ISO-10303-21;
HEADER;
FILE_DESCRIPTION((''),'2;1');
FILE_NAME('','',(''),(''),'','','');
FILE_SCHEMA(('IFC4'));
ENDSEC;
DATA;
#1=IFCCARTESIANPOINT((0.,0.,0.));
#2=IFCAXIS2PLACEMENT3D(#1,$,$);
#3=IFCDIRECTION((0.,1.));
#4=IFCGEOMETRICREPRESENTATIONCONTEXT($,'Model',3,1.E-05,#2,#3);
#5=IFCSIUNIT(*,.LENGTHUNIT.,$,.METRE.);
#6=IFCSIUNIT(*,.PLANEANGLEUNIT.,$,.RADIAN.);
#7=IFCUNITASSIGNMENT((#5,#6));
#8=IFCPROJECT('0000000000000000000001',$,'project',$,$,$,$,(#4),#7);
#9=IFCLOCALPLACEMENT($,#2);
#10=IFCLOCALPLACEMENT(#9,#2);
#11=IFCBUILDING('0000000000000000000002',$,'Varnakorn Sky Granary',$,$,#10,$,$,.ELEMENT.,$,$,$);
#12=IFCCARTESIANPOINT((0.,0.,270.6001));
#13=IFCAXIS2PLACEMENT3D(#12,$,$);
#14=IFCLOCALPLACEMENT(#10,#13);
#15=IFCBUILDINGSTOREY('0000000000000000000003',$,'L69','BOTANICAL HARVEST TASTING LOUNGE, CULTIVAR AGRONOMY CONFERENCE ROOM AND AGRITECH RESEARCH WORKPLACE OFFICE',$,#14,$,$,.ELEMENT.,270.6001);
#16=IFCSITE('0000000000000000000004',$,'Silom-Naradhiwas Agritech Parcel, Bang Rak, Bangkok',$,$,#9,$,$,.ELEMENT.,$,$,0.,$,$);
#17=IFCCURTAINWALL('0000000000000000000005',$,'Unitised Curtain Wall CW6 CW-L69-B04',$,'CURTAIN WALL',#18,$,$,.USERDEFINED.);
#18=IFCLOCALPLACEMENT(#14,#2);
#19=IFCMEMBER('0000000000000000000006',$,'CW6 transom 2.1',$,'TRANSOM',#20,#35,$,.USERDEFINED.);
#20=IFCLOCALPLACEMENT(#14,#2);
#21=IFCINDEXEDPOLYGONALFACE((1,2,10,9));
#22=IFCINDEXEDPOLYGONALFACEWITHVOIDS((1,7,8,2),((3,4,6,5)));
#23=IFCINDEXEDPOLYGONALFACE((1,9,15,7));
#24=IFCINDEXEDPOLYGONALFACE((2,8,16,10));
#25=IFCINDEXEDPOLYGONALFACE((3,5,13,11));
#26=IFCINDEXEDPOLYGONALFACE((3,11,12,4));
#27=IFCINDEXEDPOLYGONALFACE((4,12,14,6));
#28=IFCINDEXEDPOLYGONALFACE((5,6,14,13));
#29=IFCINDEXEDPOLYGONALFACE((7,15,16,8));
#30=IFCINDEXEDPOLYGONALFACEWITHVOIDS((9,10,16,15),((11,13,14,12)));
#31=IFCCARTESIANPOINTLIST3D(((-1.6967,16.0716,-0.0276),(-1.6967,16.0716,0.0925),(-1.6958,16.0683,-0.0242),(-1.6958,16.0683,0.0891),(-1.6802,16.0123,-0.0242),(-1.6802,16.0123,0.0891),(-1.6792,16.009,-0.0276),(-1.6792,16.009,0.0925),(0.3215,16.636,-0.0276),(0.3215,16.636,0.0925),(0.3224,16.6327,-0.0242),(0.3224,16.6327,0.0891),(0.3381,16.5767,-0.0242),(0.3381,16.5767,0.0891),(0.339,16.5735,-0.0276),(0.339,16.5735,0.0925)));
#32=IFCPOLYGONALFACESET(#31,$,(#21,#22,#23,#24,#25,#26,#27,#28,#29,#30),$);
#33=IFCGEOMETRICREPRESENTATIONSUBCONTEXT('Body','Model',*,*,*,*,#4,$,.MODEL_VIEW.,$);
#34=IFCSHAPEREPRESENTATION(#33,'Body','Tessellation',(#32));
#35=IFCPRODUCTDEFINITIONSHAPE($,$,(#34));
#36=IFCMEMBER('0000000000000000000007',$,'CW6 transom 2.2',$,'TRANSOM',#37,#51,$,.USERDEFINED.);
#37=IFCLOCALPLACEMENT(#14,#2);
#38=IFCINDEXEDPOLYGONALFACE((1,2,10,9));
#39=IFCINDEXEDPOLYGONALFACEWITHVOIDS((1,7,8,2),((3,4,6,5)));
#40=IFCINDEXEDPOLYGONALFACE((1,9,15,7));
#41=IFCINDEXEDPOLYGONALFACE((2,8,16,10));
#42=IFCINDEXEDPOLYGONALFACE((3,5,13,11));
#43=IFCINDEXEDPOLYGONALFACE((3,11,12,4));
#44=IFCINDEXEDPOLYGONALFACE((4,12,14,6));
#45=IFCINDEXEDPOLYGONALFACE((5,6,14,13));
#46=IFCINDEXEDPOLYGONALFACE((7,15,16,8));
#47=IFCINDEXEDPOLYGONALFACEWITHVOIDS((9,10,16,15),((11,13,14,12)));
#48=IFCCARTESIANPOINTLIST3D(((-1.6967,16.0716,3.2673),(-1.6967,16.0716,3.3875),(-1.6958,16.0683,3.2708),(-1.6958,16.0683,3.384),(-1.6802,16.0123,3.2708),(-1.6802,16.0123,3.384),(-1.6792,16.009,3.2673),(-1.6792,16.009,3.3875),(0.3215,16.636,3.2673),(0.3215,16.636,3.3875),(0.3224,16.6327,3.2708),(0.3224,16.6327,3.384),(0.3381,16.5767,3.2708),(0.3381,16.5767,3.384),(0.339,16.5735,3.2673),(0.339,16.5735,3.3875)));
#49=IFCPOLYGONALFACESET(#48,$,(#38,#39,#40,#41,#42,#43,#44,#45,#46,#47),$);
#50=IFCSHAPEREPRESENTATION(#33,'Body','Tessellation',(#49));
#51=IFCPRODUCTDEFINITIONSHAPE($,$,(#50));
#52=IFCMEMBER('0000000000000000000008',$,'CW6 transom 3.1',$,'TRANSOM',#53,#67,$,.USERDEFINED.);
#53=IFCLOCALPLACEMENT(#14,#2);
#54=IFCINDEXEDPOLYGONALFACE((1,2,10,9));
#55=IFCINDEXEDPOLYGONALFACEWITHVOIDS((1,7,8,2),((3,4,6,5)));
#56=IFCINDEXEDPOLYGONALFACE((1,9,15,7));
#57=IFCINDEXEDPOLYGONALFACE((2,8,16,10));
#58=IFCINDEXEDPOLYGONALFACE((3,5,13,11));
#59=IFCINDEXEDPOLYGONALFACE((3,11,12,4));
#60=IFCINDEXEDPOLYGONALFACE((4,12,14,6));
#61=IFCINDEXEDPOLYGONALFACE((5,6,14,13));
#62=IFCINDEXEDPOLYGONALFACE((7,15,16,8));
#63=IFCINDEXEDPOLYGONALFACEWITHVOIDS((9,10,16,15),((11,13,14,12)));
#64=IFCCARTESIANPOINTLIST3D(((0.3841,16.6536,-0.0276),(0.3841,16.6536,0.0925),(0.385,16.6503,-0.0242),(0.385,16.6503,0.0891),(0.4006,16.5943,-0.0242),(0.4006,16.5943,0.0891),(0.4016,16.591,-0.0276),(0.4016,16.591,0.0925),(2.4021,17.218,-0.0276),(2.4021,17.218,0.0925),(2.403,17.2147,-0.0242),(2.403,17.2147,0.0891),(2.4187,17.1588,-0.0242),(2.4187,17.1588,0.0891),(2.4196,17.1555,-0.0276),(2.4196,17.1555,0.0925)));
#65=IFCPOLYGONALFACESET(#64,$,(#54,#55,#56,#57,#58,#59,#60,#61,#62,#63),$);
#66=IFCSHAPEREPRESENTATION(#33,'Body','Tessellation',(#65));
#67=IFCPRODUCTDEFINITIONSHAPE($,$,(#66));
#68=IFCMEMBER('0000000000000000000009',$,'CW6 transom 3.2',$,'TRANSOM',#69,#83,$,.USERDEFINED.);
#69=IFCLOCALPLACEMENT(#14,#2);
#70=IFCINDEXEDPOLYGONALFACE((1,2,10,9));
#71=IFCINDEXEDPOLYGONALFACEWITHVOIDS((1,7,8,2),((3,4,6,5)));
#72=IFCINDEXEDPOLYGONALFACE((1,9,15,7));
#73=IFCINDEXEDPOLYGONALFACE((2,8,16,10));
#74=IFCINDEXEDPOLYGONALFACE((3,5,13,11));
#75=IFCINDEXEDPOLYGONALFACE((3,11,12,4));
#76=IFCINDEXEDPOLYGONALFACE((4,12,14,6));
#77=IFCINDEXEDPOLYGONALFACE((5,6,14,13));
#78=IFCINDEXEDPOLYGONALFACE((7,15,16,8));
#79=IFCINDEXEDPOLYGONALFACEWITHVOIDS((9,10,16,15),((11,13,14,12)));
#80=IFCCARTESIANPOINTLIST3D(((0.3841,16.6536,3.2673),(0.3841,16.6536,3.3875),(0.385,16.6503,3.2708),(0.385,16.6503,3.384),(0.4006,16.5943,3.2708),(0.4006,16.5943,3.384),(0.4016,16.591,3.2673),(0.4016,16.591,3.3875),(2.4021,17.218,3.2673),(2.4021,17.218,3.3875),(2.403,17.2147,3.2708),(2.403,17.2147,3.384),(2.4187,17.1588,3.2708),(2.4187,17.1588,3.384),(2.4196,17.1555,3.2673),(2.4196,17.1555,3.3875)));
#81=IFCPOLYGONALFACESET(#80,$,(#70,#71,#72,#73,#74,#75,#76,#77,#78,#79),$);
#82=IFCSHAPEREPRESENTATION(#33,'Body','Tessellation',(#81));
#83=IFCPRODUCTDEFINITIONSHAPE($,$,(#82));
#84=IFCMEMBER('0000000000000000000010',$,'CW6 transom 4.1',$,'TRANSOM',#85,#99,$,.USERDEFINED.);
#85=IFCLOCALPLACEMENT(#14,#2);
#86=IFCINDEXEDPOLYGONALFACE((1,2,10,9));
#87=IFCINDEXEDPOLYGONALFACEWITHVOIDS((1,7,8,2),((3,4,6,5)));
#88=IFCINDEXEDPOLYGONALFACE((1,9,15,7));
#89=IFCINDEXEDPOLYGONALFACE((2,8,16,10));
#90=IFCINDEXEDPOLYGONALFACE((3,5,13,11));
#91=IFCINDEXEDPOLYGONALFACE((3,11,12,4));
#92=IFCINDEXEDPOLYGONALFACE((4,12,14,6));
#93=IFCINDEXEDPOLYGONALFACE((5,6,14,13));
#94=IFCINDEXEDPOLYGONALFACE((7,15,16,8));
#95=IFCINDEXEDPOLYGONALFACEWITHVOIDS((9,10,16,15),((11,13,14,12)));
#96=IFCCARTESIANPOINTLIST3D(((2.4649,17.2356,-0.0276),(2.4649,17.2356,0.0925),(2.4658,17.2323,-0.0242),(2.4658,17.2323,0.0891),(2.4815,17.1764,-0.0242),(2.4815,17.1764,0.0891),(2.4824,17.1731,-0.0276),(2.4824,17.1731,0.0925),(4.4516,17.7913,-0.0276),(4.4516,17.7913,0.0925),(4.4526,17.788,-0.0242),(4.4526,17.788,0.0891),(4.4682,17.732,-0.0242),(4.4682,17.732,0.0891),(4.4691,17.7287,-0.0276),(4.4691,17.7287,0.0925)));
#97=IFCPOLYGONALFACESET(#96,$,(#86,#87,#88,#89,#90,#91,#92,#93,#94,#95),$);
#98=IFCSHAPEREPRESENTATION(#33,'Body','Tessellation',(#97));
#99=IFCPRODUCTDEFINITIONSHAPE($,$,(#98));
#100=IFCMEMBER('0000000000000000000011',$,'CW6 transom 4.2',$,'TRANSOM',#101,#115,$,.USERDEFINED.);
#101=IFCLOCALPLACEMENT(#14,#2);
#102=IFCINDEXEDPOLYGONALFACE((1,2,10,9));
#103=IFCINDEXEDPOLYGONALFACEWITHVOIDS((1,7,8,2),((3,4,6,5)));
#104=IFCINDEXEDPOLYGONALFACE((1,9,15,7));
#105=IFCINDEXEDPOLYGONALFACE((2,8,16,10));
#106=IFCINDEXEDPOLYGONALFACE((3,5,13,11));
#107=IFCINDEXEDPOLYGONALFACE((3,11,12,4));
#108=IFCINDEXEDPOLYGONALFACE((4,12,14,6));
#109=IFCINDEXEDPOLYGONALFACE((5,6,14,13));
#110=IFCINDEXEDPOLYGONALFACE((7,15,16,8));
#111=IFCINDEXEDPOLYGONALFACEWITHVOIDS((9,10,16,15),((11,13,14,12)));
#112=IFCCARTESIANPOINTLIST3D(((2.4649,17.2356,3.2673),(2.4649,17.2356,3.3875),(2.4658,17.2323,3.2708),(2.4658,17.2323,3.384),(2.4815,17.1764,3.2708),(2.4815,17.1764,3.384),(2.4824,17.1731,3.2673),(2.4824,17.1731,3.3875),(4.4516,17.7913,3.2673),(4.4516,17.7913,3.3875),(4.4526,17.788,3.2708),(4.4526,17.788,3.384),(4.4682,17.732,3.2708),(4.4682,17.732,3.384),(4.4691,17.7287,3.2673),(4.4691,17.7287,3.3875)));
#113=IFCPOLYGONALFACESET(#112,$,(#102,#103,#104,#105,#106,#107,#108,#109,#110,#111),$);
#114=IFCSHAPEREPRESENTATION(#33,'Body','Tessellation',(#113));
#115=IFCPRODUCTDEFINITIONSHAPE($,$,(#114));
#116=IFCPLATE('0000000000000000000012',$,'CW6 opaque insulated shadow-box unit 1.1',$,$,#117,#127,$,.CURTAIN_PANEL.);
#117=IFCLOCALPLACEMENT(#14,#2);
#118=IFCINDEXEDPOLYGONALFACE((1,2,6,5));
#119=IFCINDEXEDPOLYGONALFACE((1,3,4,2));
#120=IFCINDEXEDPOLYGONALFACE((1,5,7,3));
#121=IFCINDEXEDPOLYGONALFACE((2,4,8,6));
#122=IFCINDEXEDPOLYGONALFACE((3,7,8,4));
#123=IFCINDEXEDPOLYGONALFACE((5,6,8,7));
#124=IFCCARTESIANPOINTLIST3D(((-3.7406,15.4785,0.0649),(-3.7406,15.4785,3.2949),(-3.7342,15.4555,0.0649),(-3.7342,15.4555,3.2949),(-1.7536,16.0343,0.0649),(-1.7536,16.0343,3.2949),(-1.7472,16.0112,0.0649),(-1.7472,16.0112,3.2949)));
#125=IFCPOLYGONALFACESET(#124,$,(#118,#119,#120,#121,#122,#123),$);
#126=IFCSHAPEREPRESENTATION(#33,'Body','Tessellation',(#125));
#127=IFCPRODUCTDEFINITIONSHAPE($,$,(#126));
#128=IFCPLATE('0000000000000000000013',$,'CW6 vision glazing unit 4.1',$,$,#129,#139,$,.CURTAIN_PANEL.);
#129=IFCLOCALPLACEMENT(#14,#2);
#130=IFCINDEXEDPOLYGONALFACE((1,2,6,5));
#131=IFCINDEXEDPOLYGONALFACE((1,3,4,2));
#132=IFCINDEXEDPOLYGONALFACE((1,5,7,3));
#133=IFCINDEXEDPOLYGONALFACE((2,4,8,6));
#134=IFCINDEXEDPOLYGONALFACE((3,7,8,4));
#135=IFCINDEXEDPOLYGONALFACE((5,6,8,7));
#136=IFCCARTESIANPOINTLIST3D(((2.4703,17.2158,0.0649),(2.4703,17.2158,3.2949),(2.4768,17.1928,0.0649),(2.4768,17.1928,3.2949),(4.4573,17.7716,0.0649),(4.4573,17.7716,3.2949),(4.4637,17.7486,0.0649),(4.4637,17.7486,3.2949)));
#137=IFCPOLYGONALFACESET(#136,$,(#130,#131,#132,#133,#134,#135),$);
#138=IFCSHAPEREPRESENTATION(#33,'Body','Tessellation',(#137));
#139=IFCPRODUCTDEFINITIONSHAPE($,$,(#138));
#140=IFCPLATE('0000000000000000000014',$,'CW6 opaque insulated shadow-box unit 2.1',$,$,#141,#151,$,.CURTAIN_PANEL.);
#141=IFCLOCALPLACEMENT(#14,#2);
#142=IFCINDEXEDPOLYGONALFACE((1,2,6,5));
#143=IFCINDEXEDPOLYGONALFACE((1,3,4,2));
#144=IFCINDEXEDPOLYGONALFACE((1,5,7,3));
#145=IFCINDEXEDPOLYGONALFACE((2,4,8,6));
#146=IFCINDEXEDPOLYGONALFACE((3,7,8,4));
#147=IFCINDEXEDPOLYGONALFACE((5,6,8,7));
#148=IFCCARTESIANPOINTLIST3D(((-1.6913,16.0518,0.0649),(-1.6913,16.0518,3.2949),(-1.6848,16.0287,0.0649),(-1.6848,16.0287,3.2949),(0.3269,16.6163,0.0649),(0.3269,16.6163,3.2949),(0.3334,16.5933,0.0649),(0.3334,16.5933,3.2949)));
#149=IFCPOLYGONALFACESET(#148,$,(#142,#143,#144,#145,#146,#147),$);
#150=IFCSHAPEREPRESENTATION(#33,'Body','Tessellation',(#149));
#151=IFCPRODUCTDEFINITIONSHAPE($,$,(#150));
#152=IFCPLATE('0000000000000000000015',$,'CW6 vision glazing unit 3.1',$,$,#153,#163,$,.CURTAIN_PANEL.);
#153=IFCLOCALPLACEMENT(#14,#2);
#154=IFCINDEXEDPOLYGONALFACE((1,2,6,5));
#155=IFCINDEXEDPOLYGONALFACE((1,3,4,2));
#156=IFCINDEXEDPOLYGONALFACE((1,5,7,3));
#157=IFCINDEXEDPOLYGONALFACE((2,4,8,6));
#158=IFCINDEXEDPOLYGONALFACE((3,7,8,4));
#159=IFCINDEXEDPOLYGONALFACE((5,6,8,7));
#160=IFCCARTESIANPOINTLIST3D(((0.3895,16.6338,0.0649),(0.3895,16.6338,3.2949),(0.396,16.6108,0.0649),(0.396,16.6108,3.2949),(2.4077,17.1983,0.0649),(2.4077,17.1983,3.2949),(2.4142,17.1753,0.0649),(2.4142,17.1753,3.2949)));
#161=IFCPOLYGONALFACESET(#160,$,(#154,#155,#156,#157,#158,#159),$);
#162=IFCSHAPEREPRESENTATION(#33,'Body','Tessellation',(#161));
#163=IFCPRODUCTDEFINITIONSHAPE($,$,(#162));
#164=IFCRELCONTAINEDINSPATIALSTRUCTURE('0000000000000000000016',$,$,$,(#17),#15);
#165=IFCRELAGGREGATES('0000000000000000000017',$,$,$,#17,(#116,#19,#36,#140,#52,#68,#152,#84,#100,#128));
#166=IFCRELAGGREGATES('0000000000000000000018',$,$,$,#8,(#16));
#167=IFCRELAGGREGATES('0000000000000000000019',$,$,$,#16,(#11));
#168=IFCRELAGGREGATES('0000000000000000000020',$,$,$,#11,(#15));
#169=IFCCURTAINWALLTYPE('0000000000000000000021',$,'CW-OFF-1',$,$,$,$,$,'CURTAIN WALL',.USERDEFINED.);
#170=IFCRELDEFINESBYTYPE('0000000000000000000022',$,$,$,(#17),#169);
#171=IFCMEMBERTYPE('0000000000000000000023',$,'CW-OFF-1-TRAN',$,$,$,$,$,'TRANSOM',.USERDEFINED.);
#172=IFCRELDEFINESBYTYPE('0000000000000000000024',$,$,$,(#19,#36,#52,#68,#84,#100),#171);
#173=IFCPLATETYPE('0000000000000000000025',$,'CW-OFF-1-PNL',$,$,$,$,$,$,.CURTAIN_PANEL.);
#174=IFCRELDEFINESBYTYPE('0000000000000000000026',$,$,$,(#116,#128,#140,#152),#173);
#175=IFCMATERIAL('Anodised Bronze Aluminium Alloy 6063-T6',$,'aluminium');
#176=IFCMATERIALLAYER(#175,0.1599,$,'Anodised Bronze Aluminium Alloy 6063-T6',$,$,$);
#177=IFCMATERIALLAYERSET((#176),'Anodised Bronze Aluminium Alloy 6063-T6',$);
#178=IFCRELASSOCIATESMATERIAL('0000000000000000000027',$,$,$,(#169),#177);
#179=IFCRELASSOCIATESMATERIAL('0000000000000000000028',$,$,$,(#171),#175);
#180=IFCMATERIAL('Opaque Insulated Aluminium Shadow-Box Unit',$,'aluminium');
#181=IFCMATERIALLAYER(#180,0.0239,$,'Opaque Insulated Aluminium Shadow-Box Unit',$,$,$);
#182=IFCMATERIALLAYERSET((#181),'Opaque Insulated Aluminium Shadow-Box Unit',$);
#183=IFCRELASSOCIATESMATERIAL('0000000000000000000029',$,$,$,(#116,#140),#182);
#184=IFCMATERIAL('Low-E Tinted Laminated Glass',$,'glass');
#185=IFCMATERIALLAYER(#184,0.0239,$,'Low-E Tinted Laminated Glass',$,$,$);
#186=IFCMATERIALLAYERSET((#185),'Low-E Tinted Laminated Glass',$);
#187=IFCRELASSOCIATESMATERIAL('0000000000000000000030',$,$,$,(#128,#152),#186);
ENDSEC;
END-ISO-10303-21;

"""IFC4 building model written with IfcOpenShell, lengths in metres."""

from ifc_helpers import new_model, si_unit, direction, frame, origin, origin_2d, place, context, subcontext, project, spatial, rectangle, hollow_rectangle, extrude, source, transform, mapped, material, layer, layer_set, material_profile, profile_set, type_object, type_shapes, element, aggregate, save


model = new_model("IFC4")

# Units and contexts
model_context = context("Model", 3, precision=1e-05, world=origin(), true_north=direction((0.0, 1.0)))
body_context = subcontext(model_context, "Body", "Model", "MODEL_VIEW")
ifc_project = project(units=[si_unit("LENGTHUNIT", "METRE"), si_unit("PLANEANGLEUNIT", "RADIAN")], contexts=[model_context])

# Site, building, storey
site_placement = place(None, origin())
site = spatial("IfcSite", under=ifc_project, at=site_placement, Name="Silom-Naradhiwas Agritech Parcel, Bang Rak, Bangkok", CompositionType="ELEMENT", RefElevation=0.0)
building_placement = place(site_placement, origin())
building = spatial("IfcBuilding", under=site, at=building_placement, Name="Varnakorn Sky Granary", CompositionType="ELEMENT")
storey_placement = place(building_placement, frame((0.0, 0.0, 270.6001)))
storey = spatial("IfcBuildingStorey", under=building, at=storey_placement, Name="L69", Description="BOTANICAL HARVEST TASTING LOUNGE, CULTIVAR AGRONOMY CONFERENCE ROOM AND AGRITECH RESEARCH WORKPLACE OFFICE", CompositionType="ELEMENT", Elevation=270.6001)

# Curtain wall, members, plates
ifc_material_1 = material(Name="Anodised Bronze Aluminium Alloy 6063-T6", Category="aluminium")
ifc_layer_1 = layer(ifc_material_1, 0.1599, Name="Anodised Bronze Aluminium Alloy 6063-T6")
ifc_layer_set_1 = layer_set([ifc_layer_1], Name="Anodised Bronze Aluminium Alloy 6063-T6")
curtain_wall_type = type_object("IfcCurtainWallType", Name="CW-OFF-1", ElementType="CURTAIN WALL", PredefinedType="USERDEFINED", material=ifc_layer_set_1)
curtain_wall_placement = place(storey_placement, origin())
curtain_wall = element("IfcCurtainWall", 1, at=curtain_wall_placement, inside=storey, type_object=curtain_wall_type, Name="Unitised Curtain Wall CW6 CW-L69-B04", ObjectType="CURTAIN WALL", PredefinedType="USERDEFINED")
ifc_material_profile_1 = material_profile(ifc_material_1, hollow_rectangle(XDim=0.0649, YDim=0.1201, WallThickness=0.0034, at=origin_2d()), Name="ALU TRAN 65x120")
ifc_profile_set_1 = profile_set([ifc_material_profile_1], Name="Anodised Bronze Aluminium Alloy 6063-T6")
member_type_1 = type_object("IfcMemberType", Name="CW-OFF-1-TRAN", ElementType="TRANSOM", PredefinedType="USERDEFINED", material=ifc_profile_set_1)
member_1_placement = place(storey_placement, frame((-1.688, 16.0403, 0.0325), z_axis=(0.963047, 0.269332, 0.0), x_axis=(-0.269332, 0.963047, 0.0)))
member_1 = element("IfcMember", 2, at=member_1_placement, type_object=member_type_1, Name="CW6 transom 2.1", ObjectType="TRANSOM", PredefinedType="USERDEFINED", context=body_context, shape_type="SweptSolid", body=[
    extrude(hollow_rectangle(XDim=0.0649, YDim=0.1201, WallThickness=0.0034, at=origin_2d()), origin(), (0.0, 0.0, 1.0), 2.0957),
])
member_2_placement = place(storey_placement, frame((-1.688, 16.0403, 3.3274), z_axis=(0.963047, 0.269332, 0.0), x_axis=(-0.269332, 0.963047, 0.0)))
member_2 = element("IfcMember", 3, at=member_2_placement, type_object=member_type_1, Name="CW6 transom 2.2", ObjectType="TRANSOM", PredefinedType="USERDEFINED", context=body_context, shape_type="SweptSolid", body=[
    extrude(hollow_rectangle(XDim=0.0649, YDim=0.1201, WallThickness=0.0034, at=origin_2d()), origin(), (0.0, 0.0, 1.0), 2.0957),
])
member_3_placement = place(storey_placement, frame((0.3928, 16.6223, 0.0325), z_axis=(0.963039, 0.269362, 0.0), x_axis=(-0.269362, 0.963039, 0.0)))
member_3 = element("IfcMember", 4, at=member_3_placement, type_object=member_type_1, Name="CW6 transom 3.1", ObjectType="TRANSOM", PredefinedType="USERDEFINED", context=body_context, shape_type="SweptSolid", body=[
    extrude(hollow_rectangle(XDim=0.0649, YDim=0.1201, WallThickness=0.0034, at=origin_2d()), origin(), (0.0, 0.0, 1.0), 2.0955),
])
member_4_placement = place(storey_placement, frame((0.3928, 16.6223, 3.3274), z_axis=(0.963039, 0.269362, 0.0), x_axis=(-0.269362, 0.963039, 0.0)))
member_4 = element("IfcMember", 5, at=member_4_placement, type_object=member_type_1, Name="CW6 transom 3.2", ObjectType="TRANSOM", PredefinedType="USERDEFINED", context=body_context, shape_type="SweptSolid", body=[
    extrude(hollow_rectangle(XDim=0.0649, YDim=0.1201, WallThickness=0.0034, at=origin_2d()), origin(), (0.0, 0.0, 1.0), 2.0955),
])
member_5_placement = place(storey_placement, frame((2.4736, 17.2043, 0.0325), z_axis=(0.963045, 0.26934, 0.0), x_axis=(-0.26934, 0.963045, 0.0)))
member_5 = element("IfcMember", 6, at=member_5_placement, type_object=member_type_1, Name="CW6 transom 4.1", ObjectType="TRANSOM", PredefinedType="USERDEFINED", context=body_context, shape_type="SweptSolid", body=[
    extrude(hollow_rectangle(XDim=0.0649, YDim=0.1201, WallThickness=0.0034, at=origin_2d()), origin(), (0.0, 0.0, 1.0), 2.063),
])
member_6_placement = place(storey_placement, frame((2.4736, 17.2043, 3.3274), z_axis=(0.963045, 0.26934, 0.0), x_axis=(-0.26934, 0.963045, 0.0)))
member_6 = element("IfcMember", 7, at=member_6_placement, type_object=member_type_1, Name="CW6 transom 4.2", ObjectType="TRANSOM", PredefinedType="USERDEFINED", context=body_context, shape_type="SweptSolid", body=[
    extrude(hollow_rectangle(XDim=0.0649, YDim=0.1201, WallThickness=0.0034, at=origin_2d()), origin(), (0.0, 0.0, 1.0), 2.063),
])
ifc_material_2 = material(Name="Opaque Insulated Aluminium Shadow-Box Unit", Category="aluminium")
ifc_layer_2 = layer(ifc_material_2, 0.0239, Name="Opaque Insulated Aluminium Shadow-Box Unit")
ifc_layer_set_2 = layer_set([ifc_layer_2], Name="Opaque Insulated Aluminium Shadow-Box Unit")
plate_type = type_object("IfcPlateType", Name="CW-OFF-1-PNL", PredefinedType="CURTAIN_PANEL")
shared_shape_1 = source(origin(), body_context, "Body", "SweptSolid", [
    extrude(rectangle(XDim=2.0632, YDim=0.0239, at=origin_2d()), origin(), (0.0, 0.0, 1.0), 3.23),
])
plate_1_placement = place(storey_placement, frame((-2.7439, 15.7449, 0.0649), z_axis=(0.0, 0.0, 1.0), x_axis=(0.963034, 0.269379, 0.0)))
plate_1 = element("IfcPlate", 8, at=plate_1_placement, type_object=plate_type, material=ifc_layer_set_2, Name="CW6 opaque insulated shadow-box unit 1.1", PredefinedType="CURTAIN_PANEL", context=body_context, shape_type="MappedRepresentation", body=[
    mapped(shared_shape_1, transform((0.0, 0.0, 0.0), x_axis=(1.0, 0.0, 0.0), y_axis=(0.0, 1.0, 0.0), z_axis=(0.0, 0.0, 1.0), scale=1.0)),
])
ifc_material_3 = material(Name="Low-E Tinted Laminated Glass", Category="glass")
ifc_layer_3 = layer(ifc_material_3, 0.0239, Name="Low-E Tinted Laminated Glass")
ifc_layer_set_3 = layer_set([ifc_layer_3], Name="Low-E Tinted Laminated Glass")
plate_2_placement = place(storey_placement, frame((3.467, 17.4822, 0.0649), z_axis=(0.0, 0.0, 1.0), x_axis=(0.963034, 0.269379, 0.0)))
plate_2 = element("IfcPlate", 9, at=plate_2_placement, type_object=plate_type, material=ifc_layer_set_3, Name="CW6 vision glazing unit 4.1", PredefinedType="CURTAIN_PANEL", context=body_context, shape_type="MappedRepresentation", body=[
    mapped(shared_shape_1, transform((0.0, 0.0, 0.0), x_axis=(1.0, 0.0, 0.0), y_axis=(0.0, 1.0, 0.0), z_axis=(0.0, 0.0, 1.0), scale=1.0)),
])
shared_shape_2 = source(origin(), body_context, "Body", "SweptSolid", [
    extrude(rectangle(XDim=2.0957, YDim=0.0239, at=origin_2d()), origin(), (0.0, 0.0, 1.0), 3.23),
])
type_shapes(plate_type, [shared_shape_1, shared_shape_2])
plate_3_placement = place(storey_placement, frame((-0.679, 16.3225, 0.0649), z_axis=(0.0, 0.0, 1.0), x_axis=(0.963034, 0.269379, 0.0)))
plate_3 = element("IfcPlate", 10, at=plate_3_placement, type_object=plate_type, material=ifc_layer_set_2, Name="CW6 opaque insulated shadow-box unit 2.1", PredefinedType="CURTAIN_PANEL", context=body_context, shape_type="MappedRepresentation", body=[
    mapped(shared_shape_2, transform((0.0, 0.0, 0.0), x_axis=(1.0, 0.0, 0.0), y_axis=(0.0, 1.0, 0.0), z_axis=(0.0, 0.0, 1.0), scale=1.0)),
])
plate_4_placement = place(storey_placement, frame((1.4019, 16.9045, 0.0649), z_axis=(0.0, 0.0, 1.0), x_axis=(0.963034, 0.269379, 0.0)))
plate_4 = element("IfcPlate", 11, at=plate_4_placement, type_object=plate_type, material=ifc_layer_set_3, Name="CW6 vision glazing unit 3.1", PredefinedType="CURTAIN_PANEL", context=body_context, shape_type="MappedRepresentation", body=[
    mapped(shared_shape_2, transform((0.0, 0.0, 0.0), x_axis=(1.0, 0.0, 0.0), y_axis=(0.0, 1.0, 0.0), z_axis=(0.0, 0.0, 1.0), scale=1.0)),
])
aggregate(curtain_wall, [plate_1, member_1, member_2, plate_3, member_3, member_4, plate_4, member_5, member_6, plate_2])

save(model, "model.ifc")
